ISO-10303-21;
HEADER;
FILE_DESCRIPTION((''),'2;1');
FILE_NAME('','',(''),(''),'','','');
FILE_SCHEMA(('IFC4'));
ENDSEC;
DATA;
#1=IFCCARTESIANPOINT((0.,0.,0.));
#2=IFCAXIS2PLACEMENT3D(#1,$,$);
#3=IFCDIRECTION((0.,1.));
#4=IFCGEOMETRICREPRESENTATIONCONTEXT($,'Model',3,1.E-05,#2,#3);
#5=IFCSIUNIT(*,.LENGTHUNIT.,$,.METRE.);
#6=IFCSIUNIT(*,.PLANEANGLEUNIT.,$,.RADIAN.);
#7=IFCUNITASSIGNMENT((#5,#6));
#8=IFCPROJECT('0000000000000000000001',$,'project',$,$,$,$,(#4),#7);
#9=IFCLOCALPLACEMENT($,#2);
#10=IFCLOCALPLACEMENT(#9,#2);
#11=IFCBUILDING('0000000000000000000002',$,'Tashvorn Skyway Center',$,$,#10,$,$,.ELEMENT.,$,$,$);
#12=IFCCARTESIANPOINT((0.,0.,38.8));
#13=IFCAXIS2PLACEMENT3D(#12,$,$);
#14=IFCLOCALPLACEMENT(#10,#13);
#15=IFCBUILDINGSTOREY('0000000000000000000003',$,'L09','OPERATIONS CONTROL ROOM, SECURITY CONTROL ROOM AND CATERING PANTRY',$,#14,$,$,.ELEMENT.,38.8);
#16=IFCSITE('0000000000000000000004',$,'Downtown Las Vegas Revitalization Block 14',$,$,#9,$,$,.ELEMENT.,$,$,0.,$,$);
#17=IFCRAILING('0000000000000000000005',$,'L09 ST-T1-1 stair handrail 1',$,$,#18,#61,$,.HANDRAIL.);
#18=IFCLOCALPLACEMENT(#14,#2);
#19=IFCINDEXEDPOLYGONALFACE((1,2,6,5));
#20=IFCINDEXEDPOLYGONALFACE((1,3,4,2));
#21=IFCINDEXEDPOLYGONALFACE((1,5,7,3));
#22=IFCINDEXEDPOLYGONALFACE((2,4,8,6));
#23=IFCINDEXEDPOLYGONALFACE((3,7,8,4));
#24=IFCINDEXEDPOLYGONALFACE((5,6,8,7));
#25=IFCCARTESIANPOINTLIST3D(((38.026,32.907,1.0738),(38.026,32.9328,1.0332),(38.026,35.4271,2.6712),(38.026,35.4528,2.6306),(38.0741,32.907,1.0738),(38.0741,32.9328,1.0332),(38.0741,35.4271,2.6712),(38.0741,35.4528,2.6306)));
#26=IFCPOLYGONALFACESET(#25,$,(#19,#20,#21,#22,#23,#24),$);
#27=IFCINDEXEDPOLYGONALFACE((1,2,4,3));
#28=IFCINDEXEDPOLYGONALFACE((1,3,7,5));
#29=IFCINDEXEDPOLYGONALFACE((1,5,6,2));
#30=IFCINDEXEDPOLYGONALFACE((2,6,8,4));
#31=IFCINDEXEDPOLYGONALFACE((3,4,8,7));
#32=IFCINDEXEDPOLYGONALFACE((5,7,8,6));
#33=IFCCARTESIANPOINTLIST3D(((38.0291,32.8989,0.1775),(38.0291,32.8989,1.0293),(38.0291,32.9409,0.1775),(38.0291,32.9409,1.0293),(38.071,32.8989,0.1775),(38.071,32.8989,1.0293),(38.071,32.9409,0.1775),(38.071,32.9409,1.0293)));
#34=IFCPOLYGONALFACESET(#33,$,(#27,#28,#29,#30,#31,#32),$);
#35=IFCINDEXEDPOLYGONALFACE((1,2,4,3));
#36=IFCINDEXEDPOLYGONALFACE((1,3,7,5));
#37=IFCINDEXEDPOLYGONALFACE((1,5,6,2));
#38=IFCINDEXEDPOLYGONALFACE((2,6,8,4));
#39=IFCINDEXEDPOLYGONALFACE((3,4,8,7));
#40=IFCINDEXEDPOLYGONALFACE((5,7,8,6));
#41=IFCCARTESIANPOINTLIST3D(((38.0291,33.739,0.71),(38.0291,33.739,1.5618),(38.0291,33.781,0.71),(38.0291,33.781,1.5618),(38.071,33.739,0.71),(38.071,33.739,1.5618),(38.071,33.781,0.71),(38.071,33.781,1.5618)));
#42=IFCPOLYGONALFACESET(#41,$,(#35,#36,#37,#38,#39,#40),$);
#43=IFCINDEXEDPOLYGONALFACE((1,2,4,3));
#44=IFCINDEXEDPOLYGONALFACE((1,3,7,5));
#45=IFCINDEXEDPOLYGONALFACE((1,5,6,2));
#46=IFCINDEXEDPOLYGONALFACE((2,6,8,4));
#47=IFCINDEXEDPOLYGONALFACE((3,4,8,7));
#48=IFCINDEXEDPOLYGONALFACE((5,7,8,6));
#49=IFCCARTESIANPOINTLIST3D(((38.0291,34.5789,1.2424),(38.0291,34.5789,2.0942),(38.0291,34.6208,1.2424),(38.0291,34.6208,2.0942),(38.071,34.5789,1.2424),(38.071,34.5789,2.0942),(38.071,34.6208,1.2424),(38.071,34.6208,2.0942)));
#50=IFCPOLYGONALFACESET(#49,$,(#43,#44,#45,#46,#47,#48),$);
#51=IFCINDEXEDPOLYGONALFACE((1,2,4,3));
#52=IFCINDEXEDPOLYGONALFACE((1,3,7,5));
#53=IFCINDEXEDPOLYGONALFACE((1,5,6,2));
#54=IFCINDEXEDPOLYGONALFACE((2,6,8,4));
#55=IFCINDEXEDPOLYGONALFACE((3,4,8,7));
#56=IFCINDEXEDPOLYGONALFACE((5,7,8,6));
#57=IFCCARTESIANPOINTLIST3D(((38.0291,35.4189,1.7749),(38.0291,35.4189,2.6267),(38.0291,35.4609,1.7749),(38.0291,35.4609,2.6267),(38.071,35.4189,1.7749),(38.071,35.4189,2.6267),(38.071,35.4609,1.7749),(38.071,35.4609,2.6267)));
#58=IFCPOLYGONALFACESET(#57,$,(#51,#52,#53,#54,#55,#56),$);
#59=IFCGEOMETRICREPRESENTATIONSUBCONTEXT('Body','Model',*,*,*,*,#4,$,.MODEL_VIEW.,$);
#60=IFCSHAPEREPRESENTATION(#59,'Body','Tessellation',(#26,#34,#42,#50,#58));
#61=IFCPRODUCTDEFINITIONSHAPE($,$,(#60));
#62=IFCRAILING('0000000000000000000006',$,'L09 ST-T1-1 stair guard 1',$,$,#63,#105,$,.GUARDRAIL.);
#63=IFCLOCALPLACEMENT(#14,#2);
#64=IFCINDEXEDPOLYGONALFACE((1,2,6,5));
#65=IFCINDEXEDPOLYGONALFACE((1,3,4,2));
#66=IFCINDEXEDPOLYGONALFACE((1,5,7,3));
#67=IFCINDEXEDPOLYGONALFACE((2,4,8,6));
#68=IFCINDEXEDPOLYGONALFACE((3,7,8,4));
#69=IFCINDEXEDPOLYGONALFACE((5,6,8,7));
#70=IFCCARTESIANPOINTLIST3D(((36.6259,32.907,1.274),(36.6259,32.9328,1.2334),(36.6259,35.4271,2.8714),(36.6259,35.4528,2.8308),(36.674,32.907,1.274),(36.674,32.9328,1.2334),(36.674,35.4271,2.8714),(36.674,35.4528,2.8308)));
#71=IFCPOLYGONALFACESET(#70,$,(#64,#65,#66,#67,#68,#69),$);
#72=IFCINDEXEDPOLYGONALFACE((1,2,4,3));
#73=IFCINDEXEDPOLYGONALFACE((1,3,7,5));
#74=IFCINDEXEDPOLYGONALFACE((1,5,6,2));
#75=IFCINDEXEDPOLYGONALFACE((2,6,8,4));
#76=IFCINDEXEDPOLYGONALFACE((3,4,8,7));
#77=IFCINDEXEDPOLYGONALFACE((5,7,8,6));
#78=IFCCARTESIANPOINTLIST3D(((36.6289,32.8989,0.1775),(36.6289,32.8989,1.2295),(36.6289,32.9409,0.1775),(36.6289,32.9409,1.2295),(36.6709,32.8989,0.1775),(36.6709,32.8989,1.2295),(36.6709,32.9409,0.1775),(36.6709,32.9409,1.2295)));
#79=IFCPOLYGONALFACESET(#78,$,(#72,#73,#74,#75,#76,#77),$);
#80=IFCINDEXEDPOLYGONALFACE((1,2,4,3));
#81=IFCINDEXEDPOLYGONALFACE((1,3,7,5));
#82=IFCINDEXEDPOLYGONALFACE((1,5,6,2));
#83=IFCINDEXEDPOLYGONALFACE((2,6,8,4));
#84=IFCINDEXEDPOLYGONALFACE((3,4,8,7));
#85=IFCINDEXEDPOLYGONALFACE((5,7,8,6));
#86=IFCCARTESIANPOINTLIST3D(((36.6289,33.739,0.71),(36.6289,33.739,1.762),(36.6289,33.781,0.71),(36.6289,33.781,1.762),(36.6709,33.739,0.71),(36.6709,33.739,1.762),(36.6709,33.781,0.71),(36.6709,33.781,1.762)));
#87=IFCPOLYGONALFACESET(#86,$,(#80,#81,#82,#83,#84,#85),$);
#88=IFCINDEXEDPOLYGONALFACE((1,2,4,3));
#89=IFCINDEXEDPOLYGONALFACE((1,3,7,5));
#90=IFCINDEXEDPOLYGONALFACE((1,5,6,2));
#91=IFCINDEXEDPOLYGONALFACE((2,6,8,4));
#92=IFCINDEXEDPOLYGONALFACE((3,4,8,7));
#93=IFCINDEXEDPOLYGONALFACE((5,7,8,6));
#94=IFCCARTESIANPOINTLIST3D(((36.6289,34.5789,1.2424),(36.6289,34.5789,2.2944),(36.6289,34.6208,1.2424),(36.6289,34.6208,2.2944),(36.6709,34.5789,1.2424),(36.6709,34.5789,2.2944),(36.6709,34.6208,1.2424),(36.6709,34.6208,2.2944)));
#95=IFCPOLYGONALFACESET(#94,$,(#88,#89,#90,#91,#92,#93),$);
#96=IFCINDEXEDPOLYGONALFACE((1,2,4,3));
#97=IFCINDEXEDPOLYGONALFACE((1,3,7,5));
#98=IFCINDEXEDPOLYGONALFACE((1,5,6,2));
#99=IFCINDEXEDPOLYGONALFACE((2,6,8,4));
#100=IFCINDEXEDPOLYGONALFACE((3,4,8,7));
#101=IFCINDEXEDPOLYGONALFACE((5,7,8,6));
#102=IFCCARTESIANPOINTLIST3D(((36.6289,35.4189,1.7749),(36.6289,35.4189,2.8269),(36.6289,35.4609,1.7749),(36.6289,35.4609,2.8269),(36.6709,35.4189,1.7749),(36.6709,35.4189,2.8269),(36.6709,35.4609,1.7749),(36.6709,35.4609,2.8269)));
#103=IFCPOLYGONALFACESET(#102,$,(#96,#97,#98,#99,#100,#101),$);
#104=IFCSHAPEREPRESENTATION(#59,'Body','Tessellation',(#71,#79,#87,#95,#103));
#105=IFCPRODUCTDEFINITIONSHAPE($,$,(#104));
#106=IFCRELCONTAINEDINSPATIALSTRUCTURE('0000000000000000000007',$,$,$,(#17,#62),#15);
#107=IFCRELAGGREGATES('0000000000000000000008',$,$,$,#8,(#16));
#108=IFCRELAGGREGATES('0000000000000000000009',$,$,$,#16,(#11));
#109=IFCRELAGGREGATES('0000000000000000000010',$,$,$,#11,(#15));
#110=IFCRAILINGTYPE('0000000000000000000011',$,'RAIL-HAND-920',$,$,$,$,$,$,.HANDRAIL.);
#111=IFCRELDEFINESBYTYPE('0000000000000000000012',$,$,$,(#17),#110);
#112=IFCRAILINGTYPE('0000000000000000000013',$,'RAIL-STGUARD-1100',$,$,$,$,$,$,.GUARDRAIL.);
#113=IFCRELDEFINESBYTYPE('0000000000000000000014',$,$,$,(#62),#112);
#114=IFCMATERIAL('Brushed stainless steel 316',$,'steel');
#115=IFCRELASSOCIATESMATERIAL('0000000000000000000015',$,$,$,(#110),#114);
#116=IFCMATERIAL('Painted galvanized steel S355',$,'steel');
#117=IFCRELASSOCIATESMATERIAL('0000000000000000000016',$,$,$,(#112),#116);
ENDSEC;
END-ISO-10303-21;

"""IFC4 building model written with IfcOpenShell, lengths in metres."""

from ifc_helpers import new_model, si_unit, direction, frame, origin, origin_2d, place, context, subcontext, project, spatial, rectangle, extrude, material, type_object, element, save


model = new_model("IFC4")

# Units and contexts
model_context = context("Model", 3, precision=1e-05, world=origin(), true_north=direction((0.0, 1.0)))
body_context = subcontext(model_context, "Body", "Model", "MODEL_VIEW")
ifc_project = project(units=[si_unit("LENGTHUNIT", "METRE"), si_unit("PLANEANGLEUNIT", "RADIAN")], contexts=[model_context])

# Site, building, storey
site_placement = place(None, origin())
site = spatial("IfcSite", under=ifc_project, at=site_placement, Name="Downtown Las Vegas Revitalization Block 14", CompositionType="ELEMENT", RefElevation=0.0)
building_placement = place(site_placement, origin())
building = spatial("IfcBuilding", under=site, at=building_placement, Name="Tashvorn Skyway Center", CompositionType="ELEMENT")
storey_placement = place(building_placement, frame((0.0, 0.0, 38.8)))
storey = spatial("IfcBuildingStorey", under=building, at=storey_placement, Name="L09", Description="OPERATIONS CONTROL ROOM, SECURITY CONTROL ROOM AND CATERING PANTRY", CompositionType="ELEMENT", Elevation=38.8)

# Railings
ifc_material_1 = material(Name="Brushed stainless steel 316", Category="steel")
railing_type_1 = type_object("IfcRailingType", Name="RAIL-HAND-920", PredefinedType="HANDRAIL", material=ifc_material_1)
railing_1_placement = place(storey_placement, frame((38.05, 32.9199, 0.1775)))
element("IfcRailing", 1, at=railing_1_placement, inside=storey, type_object=railing_type_1, Name="L09 ST-T1-1 stair handrail 1", PredefinedType="HANDRAIL", context=body_context, shape_type="SweptSolid", body=[
    extrude(rectangle(XDim=0.0481, YDim=0.0481, at=origin_2d()), frame((0.0, 0.0, 0.876), z_axis=(0.0, 0.844607, 0.535387), x_axis=(-1.0, 0.0, 0.0)), (0.0, 0.0, 1.0), 2.9836),
    extrude(rectangle(XDim=0.042, YDim=0.042, at=origin_2d()), origin(), (0.0, 0.0, 1.0), 0.8518),
    extrude(rectangle(XDim=0.042, YDim=0.042, at=origin_2d()), frame((0.0, 0.8401, 0.5325)), (0.0, 0.0, 1.0), 0.8518),
    extrude(rectangle(XDim=0.042, YDim=0.042, at=origin_2d()), frame((0.0, 1.6799, 1.0649)), (0.0, 0.0, 1.0), 0.8518),
    extrude(rectangle(XDim=0.042, YDim=0.042, at=origin_2d()), frame((0.0, 2.52, 1.5974)), (0.0, 0.0, 1.0), 0.8518),
])
ifc_material_2 = material(Name="Painted galvanized steel S355", Category="steel")
railing_type_2 = type_object("IfcRailingType", Name="RAIL-STGUARD-1100", PredefinedType="GUARDRAIL", material=ifc_material_2)
railing_2_placement = place(storey_placement, frame((36.6499, 32.9199, 0.1775)))
element("IfcRailing", 2, at=railing_2_placement, inside=storey, type_object=railing_type_2, Name="L09 ST-T1-1 stair guard 1", PredefinedType="GUARDRAIL", context=body_context, shape_type="SweptSolid", body=[
    extrude(rectangle(XDim=0.0481, YDim=0.0481, at=origin_2d()), frame((0.0, 0.0, 1.0762), z_axis=(0.0, 0.844607, 0.535387), x_axis=(-1.0, 0.0, 0.0)), (0.0, 0.0, 1.0), 2.9836),
    extrude(rectangle(XDim=0.042, YDim=0.042, at=origin_2d()), origin(), (0.0, 0.0, 1.0), 1.052),
    extrude(rectangle(XDim=0.042, YDim=0.042, at=origin_2d()), frame((0.0, 0.8401, 0.5325)), (0.0, 0.0, 1.0), 1.052),
    extrude(rectangle(XDim=0.042, YDim=0.042, at=origin_2d()), frame((0.0, 1.6799, 1.0649)), (0.0, 0.0, 1.0), 1.052),
    extrude(rectangle(XDim=0.042, YDim=0.042, at=origin_2d()), frame((0.0, 2.52, 1.5974)), (0.0, 0.0, 1.0), 1.052),
])

save(model, "model.ifc")
